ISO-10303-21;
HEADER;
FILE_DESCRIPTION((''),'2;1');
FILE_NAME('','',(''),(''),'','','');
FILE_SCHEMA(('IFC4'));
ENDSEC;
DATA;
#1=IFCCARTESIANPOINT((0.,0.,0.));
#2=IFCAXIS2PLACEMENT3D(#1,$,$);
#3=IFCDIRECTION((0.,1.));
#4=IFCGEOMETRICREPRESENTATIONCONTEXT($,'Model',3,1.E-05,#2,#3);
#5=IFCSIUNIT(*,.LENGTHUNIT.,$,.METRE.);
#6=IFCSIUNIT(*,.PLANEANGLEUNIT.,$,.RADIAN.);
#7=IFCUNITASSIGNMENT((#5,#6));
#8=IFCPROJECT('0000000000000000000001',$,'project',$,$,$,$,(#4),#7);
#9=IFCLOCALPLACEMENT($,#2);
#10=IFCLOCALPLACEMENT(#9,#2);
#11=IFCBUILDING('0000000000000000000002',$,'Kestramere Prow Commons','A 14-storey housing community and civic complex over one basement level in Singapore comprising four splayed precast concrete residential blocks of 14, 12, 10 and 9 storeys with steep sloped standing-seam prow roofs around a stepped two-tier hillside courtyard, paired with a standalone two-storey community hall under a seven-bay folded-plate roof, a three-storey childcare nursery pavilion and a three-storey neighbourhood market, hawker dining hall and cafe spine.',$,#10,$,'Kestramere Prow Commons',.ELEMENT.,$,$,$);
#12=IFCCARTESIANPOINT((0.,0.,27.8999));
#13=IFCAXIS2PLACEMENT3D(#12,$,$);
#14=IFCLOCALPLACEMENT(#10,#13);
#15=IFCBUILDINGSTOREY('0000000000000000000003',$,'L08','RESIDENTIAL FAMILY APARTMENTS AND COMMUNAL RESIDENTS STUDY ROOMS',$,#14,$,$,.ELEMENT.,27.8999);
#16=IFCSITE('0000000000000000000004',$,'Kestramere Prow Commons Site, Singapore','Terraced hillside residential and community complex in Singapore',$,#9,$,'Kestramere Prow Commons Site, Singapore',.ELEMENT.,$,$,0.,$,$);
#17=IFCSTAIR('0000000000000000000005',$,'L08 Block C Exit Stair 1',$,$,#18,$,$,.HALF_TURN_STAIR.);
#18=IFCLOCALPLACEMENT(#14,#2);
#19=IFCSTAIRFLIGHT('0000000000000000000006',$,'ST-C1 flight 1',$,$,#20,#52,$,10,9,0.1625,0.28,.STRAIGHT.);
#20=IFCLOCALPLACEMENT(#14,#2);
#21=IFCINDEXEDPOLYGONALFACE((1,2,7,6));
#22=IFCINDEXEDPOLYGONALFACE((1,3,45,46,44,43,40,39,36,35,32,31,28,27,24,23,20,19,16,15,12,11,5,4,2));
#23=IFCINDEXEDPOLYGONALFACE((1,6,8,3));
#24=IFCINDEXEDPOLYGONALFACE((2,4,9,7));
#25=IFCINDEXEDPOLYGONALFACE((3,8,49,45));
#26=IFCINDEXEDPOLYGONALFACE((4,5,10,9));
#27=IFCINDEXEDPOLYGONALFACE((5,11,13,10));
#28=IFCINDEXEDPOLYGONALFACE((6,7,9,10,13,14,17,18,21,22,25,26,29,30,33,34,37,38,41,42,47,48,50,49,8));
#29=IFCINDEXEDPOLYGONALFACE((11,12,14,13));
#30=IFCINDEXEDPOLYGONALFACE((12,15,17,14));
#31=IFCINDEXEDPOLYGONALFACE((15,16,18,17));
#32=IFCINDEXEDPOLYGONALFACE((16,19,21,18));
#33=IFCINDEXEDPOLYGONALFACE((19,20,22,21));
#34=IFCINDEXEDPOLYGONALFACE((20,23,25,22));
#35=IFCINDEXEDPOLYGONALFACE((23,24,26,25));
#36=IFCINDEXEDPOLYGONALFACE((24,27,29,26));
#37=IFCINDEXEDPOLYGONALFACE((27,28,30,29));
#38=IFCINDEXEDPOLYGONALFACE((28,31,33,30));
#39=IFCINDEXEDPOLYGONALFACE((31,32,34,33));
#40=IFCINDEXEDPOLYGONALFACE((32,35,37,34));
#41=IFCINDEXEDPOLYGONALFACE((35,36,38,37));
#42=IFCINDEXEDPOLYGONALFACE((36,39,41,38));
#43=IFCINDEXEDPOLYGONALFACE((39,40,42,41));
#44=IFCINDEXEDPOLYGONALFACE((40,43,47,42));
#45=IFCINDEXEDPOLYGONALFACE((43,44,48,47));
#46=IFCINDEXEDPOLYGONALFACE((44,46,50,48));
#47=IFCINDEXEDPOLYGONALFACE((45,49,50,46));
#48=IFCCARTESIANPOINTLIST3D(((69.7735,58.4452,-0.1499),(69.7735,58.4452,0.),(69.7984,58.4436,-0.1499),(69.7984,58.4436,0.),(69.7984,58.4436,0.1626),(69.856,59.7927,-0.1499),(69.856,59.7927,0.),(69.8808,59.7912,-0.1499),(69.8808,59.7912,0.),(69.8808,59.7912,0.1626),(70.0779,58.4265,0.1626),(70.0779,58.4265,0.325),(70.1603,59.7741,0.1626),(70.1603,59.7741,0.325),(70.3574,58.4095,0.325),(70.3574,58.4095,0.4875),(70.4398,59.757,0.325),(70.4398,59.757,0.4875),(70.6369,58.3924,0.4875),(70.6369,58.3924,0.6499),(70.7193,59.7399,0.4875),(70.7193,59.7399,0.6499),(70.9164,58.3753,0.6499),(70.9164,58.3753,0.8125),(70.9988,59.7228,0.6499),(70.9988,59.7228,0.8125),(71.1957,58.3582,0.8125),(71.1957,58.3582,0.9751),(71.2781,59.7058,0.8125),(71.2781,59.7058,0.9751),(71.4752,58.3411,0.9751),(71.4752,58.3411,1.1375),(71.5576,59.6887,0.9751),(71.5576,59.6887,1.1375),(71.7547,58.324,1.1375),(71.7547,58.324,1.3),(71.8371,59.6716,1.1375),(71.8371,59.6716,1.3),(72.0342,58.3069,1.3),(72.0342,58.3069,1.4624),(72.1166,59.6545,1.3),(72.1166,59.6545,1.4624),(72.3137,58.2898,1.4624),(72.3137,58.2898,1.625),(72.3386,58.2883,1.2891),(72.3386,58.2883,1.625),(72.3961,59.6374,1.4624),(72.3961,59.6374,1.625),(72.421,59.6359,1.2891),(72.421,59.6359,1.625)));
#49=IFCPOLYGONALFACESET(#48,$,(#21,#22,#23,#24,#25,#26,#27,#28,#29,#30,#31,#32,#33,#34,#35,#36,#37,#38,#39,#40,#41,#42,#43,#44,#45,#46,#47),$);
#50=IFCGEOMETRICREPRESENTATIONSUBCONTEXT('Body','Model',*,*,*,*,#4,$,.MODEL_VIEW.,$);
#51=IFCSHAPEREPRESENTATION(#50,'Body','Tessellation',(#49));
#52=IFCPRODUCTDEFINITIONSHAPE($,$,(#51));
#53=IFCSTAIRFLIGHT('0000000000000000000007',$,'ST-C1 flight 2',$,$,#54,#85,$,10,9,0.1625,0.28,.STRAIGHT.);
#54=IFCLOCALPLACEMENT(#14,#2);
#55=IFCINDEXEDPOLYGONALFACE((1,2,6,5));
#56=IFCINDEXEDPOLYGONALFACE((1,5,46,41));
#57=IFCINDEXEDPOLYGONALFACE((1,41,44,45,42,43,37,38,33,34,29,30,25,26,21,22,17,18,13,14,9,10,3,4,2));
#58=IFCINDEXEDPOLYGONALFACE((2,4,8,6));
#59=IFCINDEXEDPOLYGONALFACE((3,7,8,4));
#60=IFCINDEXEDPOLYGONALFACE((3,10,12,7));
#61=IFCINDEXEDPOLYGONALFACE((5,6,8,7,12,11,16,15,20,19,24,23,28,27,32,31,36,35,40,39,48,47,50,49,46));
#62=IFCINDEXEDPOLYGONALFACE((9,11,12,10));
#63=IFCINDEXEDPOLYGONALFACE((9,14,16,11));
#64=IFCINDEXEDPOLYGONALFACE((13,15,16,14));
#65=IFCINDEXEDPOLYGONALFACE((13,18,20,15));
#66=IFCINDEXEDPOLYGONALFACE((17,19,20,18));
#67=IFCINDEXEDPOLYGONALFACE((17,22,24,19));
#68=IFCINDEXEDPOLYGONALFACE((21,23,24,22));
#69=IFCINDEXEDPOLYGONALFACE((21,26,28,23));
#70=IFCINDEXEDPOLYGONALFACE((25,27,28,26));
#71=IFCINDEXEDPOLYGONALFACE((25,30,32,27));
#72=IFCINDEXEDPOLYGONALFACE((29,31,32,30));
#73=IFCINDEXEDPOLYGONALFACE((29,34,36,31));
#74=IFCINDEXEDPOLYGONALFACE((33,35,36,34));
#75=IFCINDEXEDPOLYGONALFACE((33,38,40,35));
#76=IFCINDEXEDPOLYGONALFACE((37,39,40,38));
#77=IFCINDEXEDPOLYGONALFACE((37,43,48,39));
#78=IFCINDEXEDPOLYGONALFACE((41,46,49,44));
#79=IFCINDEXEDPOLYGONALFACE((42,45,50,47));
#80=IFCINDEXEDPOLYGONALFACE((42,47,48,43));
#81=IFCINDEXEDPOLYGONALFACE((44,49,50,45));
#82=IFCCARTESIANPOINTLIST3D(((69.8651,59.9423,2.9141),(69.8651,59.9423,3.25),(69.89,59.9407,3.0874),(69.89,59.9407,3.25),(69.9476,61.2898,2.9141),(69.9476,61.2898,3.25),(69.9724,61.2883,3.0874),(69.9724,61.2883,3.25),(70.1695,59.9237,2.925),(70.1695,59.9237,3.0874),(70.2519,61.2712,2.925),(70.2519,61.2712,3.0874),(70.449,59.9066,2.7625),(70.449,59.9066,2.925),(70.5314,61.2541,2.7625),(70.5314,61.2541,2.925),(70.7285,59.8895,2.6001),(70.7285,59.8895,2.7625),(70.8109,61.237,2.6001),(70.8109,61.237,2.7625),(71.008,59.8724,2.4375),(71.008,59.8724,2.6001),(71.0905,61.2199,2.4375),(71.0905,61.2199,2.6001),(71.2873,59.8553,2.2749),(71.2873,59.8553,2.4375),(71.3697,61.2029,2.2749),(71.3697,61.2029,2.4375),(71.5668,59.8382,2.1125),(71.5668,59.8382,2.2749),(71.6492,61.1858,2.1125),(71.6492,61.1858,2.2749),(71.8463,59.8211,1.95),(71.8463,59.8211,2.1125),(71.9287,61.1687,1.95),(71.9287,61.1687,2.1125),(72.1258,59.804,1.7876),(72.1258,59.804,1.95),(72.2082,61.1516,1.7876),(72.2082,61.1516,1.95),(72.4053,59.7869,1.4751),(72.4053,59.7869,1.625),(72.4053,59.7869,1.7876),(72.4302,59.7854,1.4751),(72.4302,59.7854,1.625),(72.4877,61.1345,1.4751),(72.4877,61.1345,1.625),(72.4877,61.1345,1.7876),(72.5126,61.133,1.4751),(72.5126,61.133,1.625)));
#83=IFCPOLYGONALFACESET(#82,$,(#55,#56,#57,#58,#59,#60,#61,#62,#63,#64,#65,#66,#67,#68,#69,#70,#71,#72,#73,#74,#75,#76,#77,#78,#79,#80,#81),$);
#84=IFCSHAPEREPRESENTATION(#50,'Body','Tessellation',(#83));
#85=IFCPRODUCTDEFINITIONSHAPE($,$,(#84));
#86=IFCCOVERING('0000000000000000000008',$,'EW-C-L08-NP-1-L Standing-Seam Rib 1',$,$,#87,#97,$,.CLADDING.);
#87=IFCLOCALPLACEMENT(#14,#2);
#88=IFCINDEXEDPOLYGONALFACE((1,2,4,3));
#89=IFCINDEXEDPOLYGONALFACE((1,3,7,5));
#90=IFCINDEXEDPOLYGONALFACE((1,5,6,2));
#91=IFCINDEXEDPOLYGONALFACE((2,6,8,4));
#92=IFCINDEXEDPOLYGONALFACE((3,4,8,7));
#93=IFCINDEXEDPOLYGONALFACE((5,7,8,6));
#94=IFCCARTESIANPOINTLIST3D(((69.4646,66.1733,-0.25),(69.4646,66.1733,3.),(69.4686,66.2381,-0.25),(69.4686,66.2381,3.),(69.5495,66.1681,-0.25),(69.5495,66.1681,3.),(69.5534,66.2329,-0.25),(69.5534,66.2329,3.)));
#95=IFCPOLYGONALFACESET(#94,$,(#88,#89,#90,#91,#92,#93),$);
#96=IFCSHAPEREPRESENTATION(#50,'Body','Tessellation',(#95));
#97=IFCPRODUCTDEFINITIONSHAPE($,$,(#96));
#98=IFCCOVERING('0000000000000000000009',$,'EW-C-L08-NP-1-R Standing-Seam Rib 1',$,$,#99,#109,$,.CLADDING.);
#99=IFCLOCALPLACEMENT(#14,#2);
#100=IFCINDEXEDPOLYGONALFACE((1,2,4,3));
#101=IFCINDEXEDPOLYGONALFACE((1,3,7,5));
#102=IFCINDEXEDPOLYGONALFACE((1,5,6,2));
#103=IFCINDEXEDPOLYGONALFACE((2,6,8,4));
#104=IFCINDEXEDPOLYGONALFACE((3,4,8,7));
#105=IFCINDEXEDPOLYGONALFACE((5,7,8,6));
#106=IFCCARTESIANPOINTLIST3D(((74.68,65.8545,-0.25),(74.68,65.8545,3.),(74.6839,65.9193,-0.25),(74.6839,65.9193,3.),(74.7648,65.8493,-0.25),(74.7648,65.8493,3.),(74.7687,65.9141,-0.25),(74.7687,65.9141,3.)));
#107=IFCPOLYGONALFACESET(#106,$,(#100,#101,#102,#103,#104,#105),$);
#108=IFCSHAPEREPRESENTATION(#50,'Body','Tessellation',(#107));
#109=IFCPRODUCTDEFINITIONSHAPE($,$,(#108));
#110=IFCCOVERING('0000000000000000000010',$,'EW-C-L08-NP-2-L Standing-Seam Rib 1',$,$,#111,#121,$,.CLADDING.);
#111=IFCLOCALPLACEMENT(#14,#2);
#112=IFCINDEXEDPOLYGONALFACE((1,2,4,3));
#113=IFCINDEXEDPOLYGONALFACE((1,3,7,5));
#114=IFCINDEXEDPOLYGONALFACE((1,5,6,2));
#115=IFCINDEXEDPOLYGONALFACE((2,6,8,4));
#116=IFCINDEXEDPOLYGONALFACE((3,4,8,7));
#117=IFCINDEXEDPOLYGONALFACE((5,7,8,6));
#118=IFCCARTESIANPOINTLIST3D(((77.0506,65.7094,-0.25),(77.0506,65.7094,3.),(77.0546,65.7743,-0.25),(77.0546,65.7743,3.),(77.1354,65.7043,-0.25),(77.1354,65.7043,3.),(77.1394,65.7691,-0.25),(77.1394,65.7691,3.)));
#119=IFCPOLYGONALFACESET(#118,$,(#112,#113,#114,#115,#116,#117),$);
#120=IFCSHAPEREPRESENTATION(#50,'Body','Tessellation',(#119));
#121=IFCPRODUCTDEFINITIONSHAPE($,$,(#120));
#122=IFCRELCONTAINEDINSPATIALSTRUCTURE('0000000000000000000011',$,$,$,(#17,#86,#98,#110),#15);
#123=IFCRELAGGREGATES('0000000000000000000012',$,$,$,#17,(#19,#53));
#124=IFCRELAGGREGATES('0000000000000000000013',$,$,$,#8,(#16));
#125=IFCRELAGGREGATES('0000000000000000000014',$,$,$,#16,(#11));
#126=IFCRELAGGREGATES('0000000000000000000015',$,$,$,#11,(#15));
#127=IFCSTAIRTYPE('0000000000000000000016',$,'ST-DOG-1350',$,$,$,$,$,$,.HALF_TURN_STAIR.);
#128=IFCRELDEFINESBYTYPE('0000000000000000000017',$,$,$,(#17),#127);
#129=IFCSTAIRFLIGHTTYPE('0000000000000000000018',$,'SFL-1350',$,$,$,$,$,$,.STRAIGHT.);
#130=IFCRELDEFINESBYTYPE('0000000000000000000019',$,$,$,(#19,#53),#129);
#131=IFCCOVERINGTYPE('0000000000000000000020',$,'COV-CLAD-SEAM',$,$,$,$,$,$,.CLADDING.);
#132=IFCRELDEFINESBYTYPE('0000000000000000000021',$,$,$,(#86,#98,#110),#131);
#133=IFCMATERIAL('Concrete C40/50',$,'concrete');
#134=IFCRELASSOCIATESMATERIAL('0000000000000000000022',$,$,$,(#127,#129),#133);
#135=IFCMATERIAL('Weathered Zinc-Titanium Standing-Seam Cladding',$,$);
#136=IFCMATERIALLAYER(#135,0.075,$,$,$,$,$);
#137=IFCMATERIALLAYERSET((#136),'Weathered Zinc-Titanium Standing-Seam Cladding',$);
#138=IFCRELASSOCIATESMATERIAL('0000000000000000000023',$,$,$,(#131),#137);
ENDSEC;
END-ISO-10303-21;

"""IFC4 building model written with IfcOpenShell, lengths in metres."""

from ifc_helpers import new_model, si_unit, direction, frame, origin, origin_2d, place, context, subcontext, project, spatial, polyline, rectangle, outline, extrude, material, layer, layer_set, type_object, element, aggregate, save


model = new_model("IFC4")

# Units and contexts
model_context = context("Model", 3, precision=1e-05, world=origin(), true_north=direction((0.0, 1.0)))
body_context = subcontext(model_context, "Body", "Model", "MODEL_VIEW")
ifc_project = project(units=[si_unit("LENGTHUNIT", "METRE"), si_unit("PLANEANGLEUNIT", "RADIAN")], contexts=[model_context])

# Site, building, storey
site_placement = place(None, origin())
site = spatial("IfcSite", under=ifc_project, at=site_placement, Name="Kestramere Prow Commons Site, Singapore", Description="Terraced hillside residential and community complex in Singapore", LongName="Kestramere Prow Commons Site, Singapore", CompositionType="ELEMENT", RefElevation=0.0)
building_placement = place(site_placement, origin())
building = spatial("IfcBuilding", under=site, at=building_placement, Name="Kestramere Prow Commons", Description="A 14-storey housing community and civic complex over one basement level in Singapore comprising four splayed precast concrete residential blocks of 14, 12, 10 and 9 storeys with steep sloped standing-seam prow roofs around a stepped two-tier hillside courtyard, paired with a standalone two-storey community hall under a seven-bay folded-plate roof, a three-storey childcare nursery pavilion and a three-storey neighbourhood market, hawker dining hall and cafe spine.", LongName="Kestramere Prow Commons", CompositionType="ELEMENT")
storey_placement = place(building_placement, frame((0.0, 0.0, 27.8999)))
storey = spatial("IfcBuildingStorey", under=building, at=storey_placement, Name="L08", Description="RESIDENTIAL FAMILY APARTMENTS AND COMMUNAL RESIDENTS STUDY ROOMS", CompositionType="ELEMENT", Elevation=27.8999)

# Shared definitions
ifc_material_1 = material(Name="Concrete C40/50", Category="concrete")

# Stair, stair flights
stair_type = type_object("IfcStairType", Name="ST-DOG-1350", PredefinedType="HALF_TURN_STAIR", material=ifc_material_1)
stair_placement = place(storey_placement, origin())
stair = element("IfcStair", 1, at=stair_placement, inside=storey, type_object=stair_type, Name="L08 Block C Exit Stair 1", PredefinedType="HALF_TURN_STAIR")
stair_flight_type = type_object("IfcStairFlightType", Name="SFL-1350", PredefinedType="STRAIGHT", material=ifc_material_1)
stair_flight_1_placement = place(storey_placement, frame((69.8396, 59.1174, 0.0), z_axis=(0.0, 0.0, 1.0), x_axis=(0.998135, -0.061049, 0.0)))
stair_flight_1 = element("IfcStairFlight", 2, at=stair_flight_1_placement, type_object=stair_flight_type, Name="ST-C1 flight 1", NumberOfRisers=10, NumberOfTreads=9, PredefinedType="STRAIGHT", RiserHeight=0.1625, TreadLength=0.28, context=body_context, shape_type="SweptSolid", body=[
    extrude(outline(polyline([(-0.0249, 0.0), (0.0, 0.0), (0.0, 0.1626), (0.28, 0.1626), (0.28, 0.325), (0.5601, 0.325), (0.5601, 0.4875), (0.8401, 0.4875), (0.8401, 0.6499), (1.1201, 0.6499), (1.1201, 0.8125), (1.3999, 0.8125), (1.3999, 0.9751), (1.6799, 0.9751), (1.6799, 1.1375), (1.96, 1.1375), (1.96, 1.3), (2.24, 1.3), (2.24, 1.4624), (2.52, 1.4624), (2.52, 1.625), (2.5449, 1.625), (2.5449, 1.2891), (0.0, -0.1499), (-0.0249, -0.1499), (-0.0249, 0.0)])), frame((0.0, 0.675, 0.0), z_axis=(0.0, -1.0, 0.0), x_axis=(1.0, 0.0, 0.0)), (0.0, 0.0, 1.0), 1.3501),
])
stair_flight_2_placement = place(storey_placement, frame((72.4465, 60.4607, 1.625), z_axis=(0.0, 0.0, 1.0), x_axis=(-0.998135, 0.061049, 0.0)))
stair_flight_2 = element("IfcStairFlight", 3, at=stair_flight_2_placement, type_object=stair_flight_type, Name="ST-C1 flight 2", NumberOfRisers=10, NumberOfTreads=9, PredefinedType="STRAIGHT", RiserHeight=0.1625, TreadLength=0.28, context=body_context, shape_type="SweptSolid", body=[
    extrude(outline(polyline([(-0.0249, 0.0), (0.0, 0.0), (0.0, 0.1626), (0.28, 0.1626), (0.28, 0.325), (0.5601, 0.325), (0.5601, 0.4875), (0.8401, 0.4875), (0.8401, 0.6499), (1.1201, 0.6499), (1.1201, 0.8125), (1.3999, 0.8125), (1.3999, 0.9751), (1.6799, 0.9751), (1.6799, 1.1375), (1.96, 1.1375), (1.96, 1.3), (2.24, 1.3), (2.24, 1.4624), (2.52, 1.4624), (2.52, 1.625), (2.5449, 1.625), (2.5449, 1.2891), (0.0, -0.1499), (-0.0249, -0.1499), (-0.0249, 0.0)])), frame((0.0, 0.675, 0.0), z_axis=(0.0, -1.0, 0.0), x_axis=(1.0, 0.0, 0.0)), (0.0, 0.0, 1.0), 1.3501),
])
aggregate(stair, [stair_flight_1, stair_flight_2])

# Coverings
ifc_material_2 = material(Name="Weathered Zinc-Titanium Standing-Seam Cladding")
ifc_layer_1 = layer(ifc_material_2, 0.075)
ifc_layer_set_1 = layer_set([ifc_layer_1], Name="Weathered Zinc-Titanium Standing-Seam Cladding")
covering_type = type_object("IfcCoveringType", Name="COV-CLAD-SEAM", PredefinedType="CLADDING", material=ifc_layer_set_1)
for number, where, z_axis, x_axis, name in (
    (4, (69.509, 66.2031, -0.25), (0.0, 0.0, 1.0), (0.998135, -0.061049, 0.0), "EW-C-L08-NP-1-L Standing-Seam Rib 1"),
    (5, (74.7244, 65.8843, -0.25), (0.0, 0.0, 1.0), (0.998135, -0.061049, 0.0), "EW-C-L08-NP-1-R Standing-Seam Rib 1"),
    (6, (77.095, 65.7393, -0.25), (0.0, 0.0, 1.0), (0.998135, -0.061049, 0.0), "EW-C-L08-NP-2-L Standing-Seam Rib 1"),
):
    element("IfcCovering", number, at=place(storey_placement, frame(where, z_axis=z_axis, x_axis=x_axis)), inside=storey, type_object=covering_type, Name=name, PredefinedType="CLADDING", context=body_context, shape_type="SweptSolid", body=[
        extrude(rectangle(XDim=0.085, YDim=0.0649, at=origin_2d()), origin(), (0.0, 0.0, 1.0), 3.25),
    ])

save(model, "model.ifc")
